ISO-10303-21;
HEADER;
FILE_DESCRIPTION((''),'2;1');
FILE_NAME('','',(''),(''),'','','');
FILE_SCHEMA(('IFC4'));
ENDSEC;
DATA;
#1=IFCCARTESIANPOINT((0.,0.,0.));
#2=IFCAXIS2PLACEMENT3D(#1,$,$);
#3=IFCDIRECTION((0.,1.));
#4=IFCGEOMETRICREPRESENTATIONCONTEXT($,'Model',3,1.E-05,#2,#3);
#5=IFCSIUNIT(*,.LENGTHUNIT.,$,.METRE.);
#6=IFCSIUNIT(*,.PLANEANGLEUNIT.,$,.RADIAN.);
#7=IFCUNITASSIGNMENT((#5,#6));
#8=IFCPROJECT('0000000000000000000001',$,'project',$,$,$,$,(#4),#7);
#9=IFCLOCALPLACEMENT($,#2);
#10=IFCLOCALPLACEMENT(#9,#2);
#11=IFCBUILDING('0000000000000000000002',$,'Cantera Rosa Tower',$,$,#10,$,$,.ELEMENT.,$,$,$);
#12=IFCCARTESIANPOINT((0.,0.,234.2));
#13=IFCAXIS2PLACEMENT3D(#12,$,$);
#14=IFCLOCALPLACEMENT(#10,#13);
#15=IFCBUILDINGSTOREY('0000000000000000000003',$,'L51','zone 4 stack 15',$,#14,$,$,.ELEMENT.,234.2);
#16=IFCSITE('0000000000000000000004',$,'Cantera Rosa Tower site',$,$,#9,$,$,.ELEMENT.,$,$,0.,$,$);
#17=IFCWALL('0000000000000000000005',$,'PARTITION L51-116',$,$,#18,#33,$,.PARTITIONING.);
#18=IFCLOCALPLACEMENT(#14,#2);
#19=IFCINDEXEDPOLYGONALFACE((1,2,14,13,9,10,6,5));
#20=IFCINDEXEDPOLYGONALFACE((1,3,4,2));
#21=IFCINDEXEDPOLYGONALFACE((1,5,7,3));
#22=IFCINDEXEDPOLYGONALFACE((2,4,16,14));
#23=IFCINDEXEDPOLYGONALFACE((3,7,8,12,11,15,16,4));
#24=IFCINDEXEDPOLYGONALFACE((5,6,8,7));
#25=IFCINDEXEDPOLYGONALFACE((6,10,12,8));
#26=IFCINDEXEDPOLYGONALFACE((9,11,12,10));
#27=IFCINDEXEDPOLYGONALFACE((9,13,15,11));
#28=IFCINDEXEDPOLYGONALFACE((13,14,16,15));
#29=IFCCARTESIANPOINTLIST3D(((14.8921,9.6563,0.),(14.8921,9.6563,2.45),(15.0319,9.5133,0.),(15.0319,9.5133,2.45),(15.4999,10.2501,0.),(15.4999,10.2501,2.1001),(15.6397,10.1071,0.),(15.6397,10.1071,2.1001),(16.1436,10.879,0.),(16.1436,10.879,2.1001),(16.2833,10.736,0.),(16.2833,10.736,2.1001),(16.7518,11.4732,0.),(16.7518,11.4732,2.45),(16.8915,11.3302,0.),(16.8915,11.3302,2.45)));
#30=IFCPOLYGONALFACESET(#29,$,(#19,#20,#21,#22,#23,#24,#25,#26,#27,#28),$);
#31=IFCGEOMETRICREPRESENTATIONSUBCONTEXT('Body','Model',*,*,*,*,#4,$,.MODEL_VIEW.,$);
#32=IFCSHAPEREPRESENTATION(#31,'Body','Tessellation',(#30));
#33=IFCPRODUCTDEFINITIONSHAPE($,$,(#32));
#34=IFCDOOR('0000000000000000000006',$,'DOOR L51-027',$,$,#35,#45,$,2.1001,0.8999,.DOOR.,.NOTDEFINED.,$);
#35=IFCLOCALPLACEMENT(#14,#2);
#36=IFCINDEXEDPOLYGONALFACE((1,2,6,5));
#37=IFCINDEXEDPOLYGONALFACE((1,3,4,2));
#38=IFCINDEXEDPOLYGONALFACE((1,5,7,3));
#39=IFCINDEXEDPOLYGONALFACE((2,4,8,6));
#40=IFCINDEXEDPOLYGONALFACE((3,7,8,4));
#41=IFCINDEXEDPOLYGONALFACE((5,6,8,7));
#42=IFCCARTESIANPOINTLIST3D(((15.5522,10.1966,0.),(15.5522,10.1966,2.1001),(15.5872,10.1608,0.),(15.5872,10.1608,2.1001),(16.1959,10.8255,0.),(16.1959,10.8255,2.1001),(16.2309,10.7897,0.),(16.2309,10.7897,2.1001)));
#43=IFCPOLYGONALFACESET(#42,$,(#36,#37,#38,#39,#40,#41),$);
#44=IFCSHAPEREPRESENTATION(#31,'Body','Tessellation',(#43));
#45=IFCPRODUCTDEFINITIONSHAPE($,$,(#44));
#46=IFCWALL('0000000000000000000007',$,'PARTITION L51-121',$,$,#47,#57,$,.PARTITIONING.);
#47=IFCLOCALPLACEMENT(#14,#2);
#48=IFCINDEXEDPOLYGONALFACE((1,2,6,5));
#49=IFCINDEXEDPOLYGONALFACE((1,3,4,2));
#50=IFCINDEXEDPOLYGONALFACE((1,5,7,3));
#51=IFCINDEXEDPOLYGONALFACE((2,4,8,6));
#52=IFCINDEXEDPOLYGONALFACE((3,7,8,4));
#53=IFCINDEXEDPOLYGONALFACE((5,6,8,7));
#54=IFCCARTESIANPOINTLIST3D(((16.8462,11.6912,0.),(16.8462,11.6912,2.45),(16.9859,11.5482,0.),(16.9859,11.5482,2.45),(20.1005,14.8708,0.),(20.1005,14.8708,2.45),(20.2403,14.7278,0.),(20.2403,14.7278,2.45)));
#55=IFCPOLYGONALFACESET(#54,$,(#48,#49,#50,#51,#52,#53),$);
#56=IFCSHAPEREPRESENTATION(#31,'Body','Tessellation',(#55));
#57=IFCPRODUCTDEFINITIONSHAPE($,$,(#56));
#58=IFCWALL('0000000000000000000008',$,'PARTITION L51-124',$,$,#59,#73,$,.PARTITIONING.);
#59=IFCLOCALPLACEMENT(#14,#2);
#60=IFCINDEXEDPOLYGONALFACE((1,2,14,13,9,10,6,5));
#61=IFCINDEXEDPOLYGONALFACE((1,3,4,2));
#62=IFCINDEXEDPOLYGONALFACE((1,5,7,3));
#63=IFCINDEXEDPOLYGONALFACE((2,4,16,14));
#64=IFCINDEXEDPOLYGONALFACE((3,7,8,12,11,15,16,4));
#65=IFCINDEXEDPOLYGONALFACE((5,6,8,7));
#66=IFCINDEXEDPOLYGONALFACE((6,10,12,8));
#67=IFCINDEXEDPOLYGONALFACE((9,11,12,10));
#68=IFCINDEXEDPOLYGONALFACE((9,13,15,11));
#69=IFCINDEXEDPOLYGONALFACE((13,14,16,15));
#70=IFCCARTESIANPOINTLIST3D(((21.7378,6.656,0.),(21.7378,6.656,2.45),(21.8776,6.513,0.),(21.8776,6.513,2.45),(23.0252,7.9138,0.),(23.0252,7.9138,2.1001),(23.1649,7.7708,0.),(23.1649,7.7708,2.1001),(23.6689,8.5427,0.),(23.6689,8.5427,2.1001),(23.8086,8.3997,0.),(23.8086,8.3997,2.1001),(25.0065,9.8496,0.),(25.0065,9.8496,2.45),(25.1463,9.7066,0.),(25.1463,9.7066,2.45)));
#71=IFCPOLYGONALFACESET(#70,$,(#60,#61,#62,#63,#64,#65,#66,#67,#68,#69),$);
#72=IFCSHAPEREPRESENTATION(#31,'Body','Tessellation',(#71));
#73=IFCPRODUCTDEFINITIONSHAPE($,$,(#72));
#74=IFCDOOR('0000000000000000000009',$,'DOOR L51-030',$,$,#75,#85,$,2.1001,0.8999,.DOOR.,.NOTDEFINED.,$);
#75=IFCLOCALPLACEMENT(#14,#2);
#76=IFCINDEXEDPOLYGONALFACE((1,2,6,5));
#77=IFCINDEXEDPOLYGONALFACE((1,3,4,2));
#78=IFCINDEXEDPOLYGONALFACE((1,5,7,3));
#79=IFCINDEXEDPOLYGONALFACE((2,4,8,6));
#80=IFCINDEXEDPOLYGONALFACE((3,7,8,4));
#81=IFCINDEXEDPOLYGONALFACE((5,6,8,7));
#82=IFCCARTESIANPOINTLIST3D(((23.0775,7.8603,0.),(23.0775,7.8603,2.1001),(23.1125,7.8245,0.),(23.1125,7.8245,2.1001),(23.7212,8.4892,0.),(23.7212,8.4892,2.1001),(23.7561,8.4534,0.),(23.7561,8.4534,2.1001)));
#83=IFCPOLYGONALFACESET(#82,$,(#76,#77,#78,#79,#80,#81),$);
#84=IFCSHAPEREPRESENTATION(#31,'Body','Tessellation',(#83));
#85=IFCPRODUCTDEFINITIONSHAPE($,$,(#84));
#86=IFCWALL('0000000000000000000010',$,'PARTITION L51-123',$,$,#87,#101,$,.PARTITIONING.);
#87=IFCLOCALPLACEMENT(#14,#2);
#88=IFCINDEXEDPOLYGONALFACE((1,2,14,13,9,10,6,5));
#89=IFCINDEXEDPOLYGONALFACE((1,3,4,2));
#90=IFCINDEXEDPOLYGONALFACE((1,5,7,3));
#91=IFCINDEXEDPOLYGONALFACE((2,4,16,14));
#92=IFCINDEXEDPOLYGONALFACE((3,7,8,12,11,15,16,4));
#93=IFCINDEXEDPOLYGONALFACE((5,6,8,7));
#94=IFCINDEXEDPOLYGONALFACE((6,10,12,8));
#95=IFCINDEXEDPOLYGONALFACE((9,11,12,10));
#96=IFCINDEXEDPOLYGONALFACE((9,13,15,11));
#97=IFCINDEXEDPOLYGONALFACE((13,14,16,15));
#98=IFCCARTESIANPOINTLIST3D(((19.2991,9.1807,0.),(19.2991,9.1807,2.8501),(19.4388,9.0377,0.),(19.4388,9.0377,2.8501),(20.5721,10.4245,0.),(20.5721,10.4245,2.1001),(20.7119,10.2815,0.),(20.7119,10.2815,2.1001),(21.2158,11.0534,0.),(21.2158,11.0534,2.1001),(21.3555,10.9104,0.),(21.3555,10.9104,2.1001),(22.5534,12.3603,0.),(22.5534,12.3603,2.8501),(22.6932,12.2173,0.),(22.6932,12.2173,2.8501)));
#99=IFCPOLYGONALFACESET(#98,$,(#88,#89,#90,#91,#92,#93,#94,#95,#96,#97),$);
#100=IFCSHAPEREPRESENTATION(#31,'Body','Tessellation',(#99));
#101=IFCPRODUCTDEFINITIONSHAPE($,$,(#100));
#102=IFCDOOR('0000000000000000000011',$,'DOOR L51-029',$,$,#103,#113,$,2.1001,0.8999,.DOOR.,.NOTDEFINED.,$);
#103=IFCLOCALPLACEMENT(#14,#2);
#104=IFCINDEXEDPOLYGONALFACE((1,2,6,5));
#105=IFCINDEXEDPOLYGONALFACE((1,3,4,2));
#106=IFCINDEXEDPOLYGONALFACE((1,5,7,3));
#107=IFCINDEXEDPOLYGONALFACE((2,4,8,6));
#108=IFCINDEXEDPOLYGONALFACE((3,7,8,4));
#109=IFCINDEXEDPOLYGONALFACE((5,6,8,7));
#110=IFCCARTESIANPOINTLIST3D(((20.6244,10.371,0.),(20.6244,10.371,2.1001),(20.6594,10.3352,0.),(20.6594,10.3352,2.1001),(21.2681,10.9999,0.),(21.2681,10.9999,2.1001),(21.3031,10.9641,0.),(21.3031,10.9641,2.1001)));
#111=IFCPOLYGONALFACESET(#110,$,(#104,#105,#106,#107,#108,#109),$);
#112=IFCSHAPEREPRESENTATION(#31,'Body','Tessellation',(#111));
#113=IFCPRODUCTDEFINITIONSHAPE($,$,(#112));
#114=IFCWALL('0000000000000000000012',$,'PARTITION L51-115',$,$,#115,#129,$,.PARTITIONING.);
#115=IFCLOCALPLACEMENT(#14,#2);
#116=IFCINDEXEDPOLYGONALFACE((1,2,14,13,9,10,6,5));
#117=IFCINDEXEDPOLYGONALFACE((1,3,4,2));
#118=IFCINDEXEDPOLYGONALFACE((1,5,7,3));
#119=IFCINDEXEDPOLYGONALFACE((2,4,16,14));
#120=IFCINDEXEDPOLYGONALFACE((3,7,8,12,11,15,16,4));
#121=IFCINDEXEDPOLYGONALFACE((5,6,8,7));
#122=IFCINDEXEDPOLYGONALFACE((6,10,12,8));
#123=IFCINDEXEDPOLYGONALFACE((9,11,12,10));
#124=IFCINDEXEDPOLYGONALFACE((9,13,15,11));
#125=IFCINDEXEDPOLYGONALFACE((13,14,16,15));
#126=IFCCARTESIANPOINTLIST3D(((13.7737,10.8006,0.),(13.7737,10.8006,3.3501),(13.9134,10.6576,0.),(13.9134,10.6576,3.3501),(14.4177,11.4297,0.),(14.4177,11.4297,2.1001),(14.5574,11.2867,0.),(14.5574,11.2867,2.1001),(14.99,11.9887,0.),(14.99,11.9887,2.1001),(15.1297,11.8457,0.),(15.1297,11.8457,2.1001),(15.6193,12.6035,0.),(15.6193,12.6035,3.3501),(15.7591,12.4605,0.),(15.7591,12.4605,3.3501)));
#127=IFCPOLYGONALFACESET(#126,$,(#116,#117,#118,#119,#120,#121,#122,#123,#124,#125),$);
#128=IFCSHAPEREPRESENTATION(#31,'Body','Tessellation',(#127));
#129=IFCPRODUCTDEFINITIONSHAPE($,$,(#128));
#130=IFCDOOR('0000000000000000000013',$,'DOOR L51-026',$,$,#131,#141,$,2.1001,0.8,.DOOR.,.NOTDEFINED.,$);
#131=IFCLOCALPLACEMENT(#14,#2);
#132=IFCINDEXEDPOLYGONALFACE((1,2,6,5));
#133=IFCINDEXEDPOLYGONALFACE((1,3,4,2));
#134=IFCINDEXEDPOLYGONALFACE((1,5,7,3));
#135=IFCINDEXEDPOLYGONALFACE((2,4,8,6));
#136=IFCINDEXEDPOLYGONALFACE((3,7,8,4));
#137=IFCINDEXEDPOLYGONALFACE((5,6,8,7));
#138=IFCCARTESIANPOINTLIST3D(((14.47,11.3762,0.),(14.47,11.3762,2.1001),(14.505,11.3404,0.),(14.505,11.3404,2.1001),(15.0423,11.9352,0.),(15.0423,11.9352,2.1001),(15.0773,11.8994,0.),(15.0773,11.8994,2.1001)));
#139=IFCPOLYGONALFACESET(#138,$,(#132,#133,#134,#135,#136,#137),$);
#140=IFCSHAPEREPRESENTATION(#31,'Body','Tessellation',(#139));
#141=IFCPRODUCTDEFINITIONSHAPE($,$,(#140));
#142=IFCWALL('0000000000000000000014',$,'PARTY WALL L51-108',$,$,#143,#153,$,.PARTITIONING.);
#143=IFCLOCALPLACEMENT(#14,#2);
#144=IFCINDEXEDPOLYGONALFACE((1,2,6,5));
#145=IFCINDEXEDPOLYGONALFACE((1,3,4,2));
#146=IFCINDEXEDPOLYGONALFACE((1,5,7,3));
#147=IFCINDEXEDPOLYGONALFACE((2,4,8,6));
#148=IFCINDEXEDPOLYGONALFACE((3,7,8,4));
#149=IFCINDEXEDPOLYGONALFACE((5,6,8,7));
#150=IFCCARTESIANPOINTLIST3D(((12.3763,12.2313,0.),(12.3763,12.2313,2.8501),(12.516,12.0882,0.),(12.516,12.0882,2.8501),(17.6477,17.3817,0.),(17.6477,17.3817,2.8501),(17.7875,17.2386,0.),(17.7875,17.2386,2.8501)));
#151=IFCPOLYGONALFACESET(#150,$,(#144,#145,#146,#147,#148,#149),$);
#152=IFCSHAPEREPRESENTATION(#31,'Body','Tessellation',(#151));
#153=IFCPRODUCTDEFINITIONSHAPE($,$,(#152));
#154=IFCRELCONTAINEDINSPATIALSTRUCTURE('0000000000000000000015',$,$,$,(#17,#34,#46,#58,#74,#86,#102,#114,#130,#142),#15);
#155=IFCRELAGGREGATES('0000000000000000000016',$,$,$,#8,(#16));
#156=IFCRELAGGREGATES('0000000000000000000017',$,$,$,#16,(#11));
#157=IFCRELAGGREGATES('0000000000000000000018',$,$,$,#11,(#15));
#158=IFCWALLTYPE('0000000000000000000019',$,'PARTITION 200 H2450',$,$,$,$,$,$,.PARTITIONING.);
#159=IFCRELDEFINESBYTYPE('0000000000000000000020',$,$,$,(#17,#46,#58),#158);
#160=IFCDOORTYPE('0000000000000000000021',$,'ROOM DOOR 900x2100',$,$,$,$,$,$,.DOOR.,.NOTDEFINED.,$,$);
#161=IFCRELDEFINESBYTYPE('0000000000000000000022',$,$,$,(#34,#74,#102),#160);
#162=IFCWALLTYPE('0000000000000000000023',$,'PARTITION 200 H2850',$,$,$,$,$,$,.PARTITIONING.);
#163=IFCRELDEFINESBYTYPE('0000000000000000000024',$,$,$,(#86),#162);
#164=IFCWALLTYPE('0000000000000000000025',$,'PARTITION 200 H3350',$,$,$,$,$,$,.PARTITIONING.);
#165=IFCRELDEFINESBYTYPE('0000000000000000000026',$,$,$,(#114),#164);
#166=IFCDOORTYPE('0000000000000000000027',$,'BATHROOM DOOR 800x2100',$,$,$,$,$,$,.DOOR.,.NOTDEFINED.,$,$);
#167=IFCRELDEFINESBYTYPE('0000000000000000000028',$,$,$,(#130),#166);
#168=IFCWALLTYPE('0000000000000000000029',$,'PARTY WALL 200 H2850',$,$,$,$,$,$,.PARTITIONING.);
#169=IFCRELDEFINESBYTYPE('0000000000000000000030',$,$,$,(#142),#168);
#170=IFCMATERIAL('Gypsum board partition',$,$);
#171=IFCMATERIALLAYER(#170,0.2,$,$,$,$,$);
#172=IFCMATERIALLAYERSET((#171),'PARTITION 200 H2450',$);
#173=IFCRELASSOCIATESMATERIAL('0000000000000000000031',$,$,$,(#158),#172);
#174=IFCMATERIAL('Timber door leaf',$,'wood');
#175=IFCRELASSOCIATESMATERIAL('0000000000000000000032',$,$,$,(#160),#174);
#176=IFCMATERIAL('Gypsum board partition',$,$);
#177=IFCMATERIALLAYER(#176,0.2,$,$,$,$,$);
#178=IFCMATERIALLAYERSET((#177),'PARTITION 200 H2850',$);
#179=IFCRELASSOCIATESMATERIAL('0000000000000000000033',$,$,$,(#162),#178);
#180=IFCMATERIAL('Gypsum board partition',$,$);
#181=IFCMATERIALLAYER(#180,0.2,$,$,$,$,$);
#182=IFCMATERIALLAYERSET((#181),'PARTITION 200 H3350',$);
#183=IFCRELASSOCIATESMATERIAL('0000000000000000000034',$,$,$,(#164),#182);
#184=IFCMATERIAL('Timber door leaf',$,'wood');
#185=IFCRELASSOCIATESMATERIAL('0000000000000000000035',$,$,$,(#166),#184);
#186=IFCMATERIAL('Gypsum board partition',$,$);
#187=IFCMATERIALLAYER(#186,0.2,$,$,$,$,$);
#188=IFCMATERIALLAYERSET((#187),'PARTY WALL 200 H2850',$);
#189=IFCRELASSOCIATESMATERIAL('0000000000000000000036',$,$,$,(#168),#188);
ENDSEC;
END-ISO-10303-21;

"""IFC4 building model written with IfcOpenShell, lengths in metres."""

from ifc_helpers import new_model, si_unit, direction, frame, frame_2d, origin, place, context, subcontext, project, spatial, rectangle, extrude, material, layer, layer_set, type_object, element, fill, save


model = new_model("IFC4")

# Units and contexts
model_context = context("Model", 3, precision=1e-05, world=origin(), true_north=direction((0.0, 1.0)))
body_context = subcontext(model_context, "Body", "Model", "MODEL_VIEW")
ifc_project = project(units=[si_unit("LENGTHUNIT", "METRE"), si_unit("PLANEANGLEUNIT", "RADIAN")], contexts=[model_context])

# Site, building, storey
site_placement = place(None, origin())
site = spatial("IfcSite", under=ifc_project, at=site_placement, Name="Cantera Rosa Tower site", CompositionType="ELEMENT", RefElevation=0.0)
building_placement = place(site_placement, origin())
building = spatial("IfcBuilding", under=site, at=building_placement, Name="Cantera Rosa Tower", CompositionType="ELEMENT")
storey_placement = place(building_placement, frame((0.0, 0.0, 234.2)))
storey = spatial("IfcBuildingStorey", under=building, at=storey_placement, Name="L51", Description="zone 4 stack 15", CompositionType="ELEMENT", Elevation=234.2)

# Wall, opening, door
ifc_material_1 = material(Name="Gypsum board partition")
ifc_layer_1 = layer(ifc_material_1, 0.2)
ifc_layer_set_1 = layer_set([ifc_layer_1], Name="PARTITION 200 H2450")
wall_type_1 = type_object("IfcWallType", Name="PARTITION 200 H2450", PredefinedType="PARTITIONING", material=ifc_layer_set_1)
wall_1_placement = place(storey_placement, frame((16.8215, 11.4016, 0.0), z_axis=(0.0, 0.0, 1.0), x_axis=(-0.715276, -0.698842, 0.0)))
wall_1 = element("IfcWall", 1, at=wall_1_placement, inside=storey, type_object=wall_type_1, Name="PARTITION L51-116", PredefinedType="PARTITIONING", context=body_context, shape_type="SweptSolid", body=[
    extrude(rectangle(XDim=2.5999, YDim=0.2, at=frame_2d((1.2998, 0.0))), origin(), (0.0, 0.0, 1.0), 2.45),
])
opening_1_placement = place(wall_1_placement, frame((0.8501, 0.0, 0.0)))
opening_1 = element("IfcOpeningElement", 2, at=opening_1_placement, cuts=wall_1, PredefinedType="OPENING", context=body_context, shape_type="SweptSolid", body=[
    extrude(rectangle(XDim=0.8999, YDim=2.1001, at=frame_2d((0.45, 1.05))), frame((0.0, 0.1099, 0.0), z_axis=(0.0, -1.0, 0.0), x_axis=(1.0, 0.0, 0.0)), (0.0, 0.0, 1.0), 0.22),
])
ifc_material_2 = material(Name="Timber door leaf", Category="wood")
door_type_1 = type_object("IfcDoorType", Name="ROOM DOOR 900x2100", OperationType="NOTDEFINED", PredefinedType="DOOR", material=ifc_material_2)
door_1_placement = place(opening_1_placement, origin())
door_1 = element("IfcDoor", 3, at=door_1_placement, inside=storey, type_object=door_type_1, Name="DOOR L51-027", OperationType="NOTDEFINED", OverallHeight=2.1001, OverallWidth=0.8999, PredefinedType="DOOR", context=body_context, shape_type="SweptSolid", body=[
    extrude(rectangle(XDim=0.8999, YDim=2.1001, at=frame_2d((0.45, 1.05))), frame((0.0, 0.0249, 0.0), z_axis=(0.0, -1.0, 0.0), x_axis=(1.0, 0.0, 0.0)), (0.0, 0.0, 1.0), 0.05),
])
fill(opening_1, door_1)

# Wall
wall_2_placement = place(storey_placement, frame((20.1704, 14.7993, 0.0), z_axis=(0.0, 0.0, 1.0), x_axis=(-0.715269, -0.698849, 0.0)))
element("IfcWall", 4, at=wall_2_placement, inside=storey, type_object=wall_type_1, Name="PARTITION L51-121", PredefinedType="PARTITIONING", context=body_context, shape_type="SweptSolid", body=[
    extrude(rectangle(XDim=4.5498, YDim=0.2, at=frame_2d((2.2749, 0.0))), origin(), (0.0, 0.0, 1.0), 2.45),
])

# Walls, openings, doors
wall_3_placement = place(storey_placement, frame((25.0764, 9.7781, 0.0), z_axis=(0.0, 0.0, 1.0), x_axis=(-0.715286, -0.698832, 0.0)))
wall_3 = element("IfcWall", 5, at=wall_3_placement, inside=storey, type_object=wall_type_1, Name="PARTITION L51-124", PredefinedType="PARTITIONING", context=body_context, shape_type="SweptSolid", body=[
    extrude(rectangle(XDim=4.5698, YDim=0.2, at=frame_2d((2.2849, 0.0))), origin(), (0.0, 0.0, 1.0), 2.45),
])
opening_2_placement = place(wall_3_placement, frame((1.8701, 0.0, 0.0)))
opening_2 = element("IfcOpeningElement", 6, at=opening_2_placement, cuts=wall_3, PredefinedType="OPENING", context=body_context, shape_type="SweptSolid", body=[
    extrude(rectangle(XDim=0.8999, YDim=2.1001, at=frame_2d((0.45, 1.05))), frame((0.0, 0.1099, 0.0), z_axis=(0.0, -1.0, 0.0), x_axis=(1.0, 0.0, 0.0)), (0.0, 0.0, 1.0), 0.22),
])
door_2_placement = place(opening_2_placement, origin())
door_2 = element("IfcDoor", 7, at=door_2_placement, inside=storey, type_object=door_type_1, Name="DOOR L51-030", OperationType="NOTDEFINED", OverallHeight=2.1001, OverallWidth=0.8999, PredefinedType="DOOR", context=body_context, shape_type="SweptSolid", body=[
    extrude(rectangle(XDim=0.8999, YDim=2.1001, at=frame_2d((0.45, 1.05))), frame((0.0, 0.0249, 0.0), z_axis=(0.0, -1.0, 0.0), x_axis=(1.0, 0.0, 0.0)), (0.0, 0.0, 1.0), 0.05),
])
fill(opening_2, door_2)
ifc_material_3 = material(Name="Gypsum board partition")
ifc_layer_2 = layer(ifc_material_3, 0.2)
ifc_layer_set_2 = layer_set([ifc_layer_2], Name="PARTITION 200 H2850")
wall_type_2 = type_object("IfcWallType", Name="PARTITION 200 H2850", PredefinedType="PARTITIONING", material=ifc_layer_set_2)
wall_4_placement = place(storey_placement, frame((22.6233, 12.2888, 0.0), z_axis=(0.0, 0.0, 1.0), x_axis=(-0.715269, -0.698849, 0.0)))
wall_4 = element("IfcWall", 8, at=wall_4_placement, inside=storey, type_object=wall_type_2, Name="PARTITION L51-123", PredefinedType="PARTITIONING", context=body_context, shape_type="SweptSolid", body=[
    extrude(rectangle(XDim=4.5498, YDim=0.2, at=frame_2d((2.2749, 0.0))), origin(), (0.0, 0.0, 1.0), 2.8501),
])
opening_3_placement = place(wall_4_placement, frame((1.8701, 0.0, 0.0)))
opening_3 = element("IfcOpeningElement", 9, at=opening_3_placement, cuts=wall_4, PredefinedType="OPENING", context=body_context, shape_type="SweptSolid", body=[
    extrude(rectangle(XDim=0.8999, YDim=2.1001, at=frame_2d((0.45, 1.05))), frame((0.0, 0.1099, 0.0), z_axis=(0.0, -1.0, 0.0), x_axis=(1.0, 0.0, 0.0)), (0.0, 0.0, 1.0), 0.22),
])
door_3_placement = place(opening_3_placement, origin())
door_3 = element("IfcDoor", 10, at=door_3_placement, inside=storey, type_object=door_type_1, Name="DOOR L51-029", OperationType="NOTDEFINED", OverallHeight=2.1001, OverallWidth=0.8999, PredefinedType="DOOR", context=body_context, shape_type="SweptSolid", body=[
    extrude(rectangle(XDim=0.8999, YDim=2.1001, at=frame_2d((0.45, 1.05))), frame((0.0, 0.0249, 0.0), z_axis=(0.0, -1.0, 0.0), x_axis=(1.0, 0.0, 0.0)), (0.0, 0.0, 1.0), 0.05),
])
fill(opening_3, door_3)
ifc_material_4 = material(Name="Gypsum board partition")
ifc_layer_3 = layer(ifc_material_4, 0.2)
ifc_layer_set_3 = layer_set([ifc_layer_3], Name="PARTITION 200 H3350")
wall_type_3 = type_object("IfcWallType", Name="PARTITION 200 H3350", PredefinedType="PARTITIONING", material=ifc_layer_set_3)
wall_5_placement = place(storey_placement, frame((15.6892, 12.532, 0.0), z_axis=(0.0, 0.0, 1.0), x_axis=(-0.715338, -0.698779, 0.0)))
wall_5 = element("IfcWall", 11, at=wall_5_placement, inside=storey, type_object=wall_type_3, Name="PARTITION L51-115", PredefinedType="PARTITIONING", context=body_context, shape_type="SweptSolid", body=[
    extrude(rectangle(XDim=2.5801, YDim=0.2, at=frame_2d((1.29, 0.0))), origin(), (0.0, 0.0, 1.0), 3.3501),
])
opening_4_placement = place(wall_5_placement, frame((0.8799, 0.0, 0.0)))
opening_4 = element("IfcOpeningElement", 12, at=opening_4_placement, cuts=wall_5, PredefinedType="OPENING", context=body_context, shape_type="SweptSolid", body=[
    extrude(rectangle(XDim=0.8, YDim=2.1001, at=frame_2d((0.3999, 1.05))), frame((0.0, 0.1099, 0.0), z_axis=(0.0, -1.0, 0.0), x_axis=(1.0, 0.0, 0.0)), (0.0, 0.0, 1.0), 0.22),
])
ifc_material_5 = material(Name="Timber door leaf", Category="wood")
door_type_2 = type_object("IfcDoorType", Name="BATHROOM DOOR 800x2100", OperationType="NOTDEFINED", PredefinedType="DOOR", material=ifc_material_5)
door_4_placement = place(opening_4_placement, origin())
door_4 = element("IfcDoor", 13, at=door_4_placement, inside=storey, type_object=door_type_2, Name="DOOR L51-026", OperationType="NOTDEFINED", OverallHeight=2.1001, OverallWidth=0.8, PredefinedType="DOOR", context=body_context, shape_type="SweptSolid", body=[
    extrude(rectangle(XDim=0.8, YDim=2.1001, at=frame_2d((0.3999, 1.05))), frame((0.0, 0.0249, 0.0), z_axis=(0.0, -1.0, 0.0), x_axis=(1.0, 0.0, 0.0)), (0.0, 0.0, 1.0), 0.05),
])
fill(opening_4, door_4)

# Wall
ifc_material_6 = material(Name="Gypsum board partition")
ifc_layer_4 = layer(ifc_material_6, 0.2)
ifc_layer_set_4 = layer_set([ifc_layer_4], Name="PARTY WALL 200 H2850")
wall_type_4 = type_object("IfcWallType", Name="PARTY WALL 200 H2850", PredefinedType="PARTITIONING", material=ifc_layer_set_4)
wall_6_placement = place(storey_placement, frame((12.446, 12.1597, 0.0), z_axis=(0.0, 0.0, 1.0), x_axis=(0.715275, 0.698844, 0.0)))
element("IfcWall", 14, at=wall_6_placement, inside=storey, type_object=wall_type_4, Name="PARTY WALL L51-108", PredefinedType="PARTITIONING", context=body_context, shape_type="SweptSolid", body=[
    extrude(rectangle(XDim=7.3699, YDim=0.2, at=frame_2d((3.6851, 0.0))), origin(), (0.0, 0.0, 1.0), 2.8501),
])

save(model, "model.ifc")
